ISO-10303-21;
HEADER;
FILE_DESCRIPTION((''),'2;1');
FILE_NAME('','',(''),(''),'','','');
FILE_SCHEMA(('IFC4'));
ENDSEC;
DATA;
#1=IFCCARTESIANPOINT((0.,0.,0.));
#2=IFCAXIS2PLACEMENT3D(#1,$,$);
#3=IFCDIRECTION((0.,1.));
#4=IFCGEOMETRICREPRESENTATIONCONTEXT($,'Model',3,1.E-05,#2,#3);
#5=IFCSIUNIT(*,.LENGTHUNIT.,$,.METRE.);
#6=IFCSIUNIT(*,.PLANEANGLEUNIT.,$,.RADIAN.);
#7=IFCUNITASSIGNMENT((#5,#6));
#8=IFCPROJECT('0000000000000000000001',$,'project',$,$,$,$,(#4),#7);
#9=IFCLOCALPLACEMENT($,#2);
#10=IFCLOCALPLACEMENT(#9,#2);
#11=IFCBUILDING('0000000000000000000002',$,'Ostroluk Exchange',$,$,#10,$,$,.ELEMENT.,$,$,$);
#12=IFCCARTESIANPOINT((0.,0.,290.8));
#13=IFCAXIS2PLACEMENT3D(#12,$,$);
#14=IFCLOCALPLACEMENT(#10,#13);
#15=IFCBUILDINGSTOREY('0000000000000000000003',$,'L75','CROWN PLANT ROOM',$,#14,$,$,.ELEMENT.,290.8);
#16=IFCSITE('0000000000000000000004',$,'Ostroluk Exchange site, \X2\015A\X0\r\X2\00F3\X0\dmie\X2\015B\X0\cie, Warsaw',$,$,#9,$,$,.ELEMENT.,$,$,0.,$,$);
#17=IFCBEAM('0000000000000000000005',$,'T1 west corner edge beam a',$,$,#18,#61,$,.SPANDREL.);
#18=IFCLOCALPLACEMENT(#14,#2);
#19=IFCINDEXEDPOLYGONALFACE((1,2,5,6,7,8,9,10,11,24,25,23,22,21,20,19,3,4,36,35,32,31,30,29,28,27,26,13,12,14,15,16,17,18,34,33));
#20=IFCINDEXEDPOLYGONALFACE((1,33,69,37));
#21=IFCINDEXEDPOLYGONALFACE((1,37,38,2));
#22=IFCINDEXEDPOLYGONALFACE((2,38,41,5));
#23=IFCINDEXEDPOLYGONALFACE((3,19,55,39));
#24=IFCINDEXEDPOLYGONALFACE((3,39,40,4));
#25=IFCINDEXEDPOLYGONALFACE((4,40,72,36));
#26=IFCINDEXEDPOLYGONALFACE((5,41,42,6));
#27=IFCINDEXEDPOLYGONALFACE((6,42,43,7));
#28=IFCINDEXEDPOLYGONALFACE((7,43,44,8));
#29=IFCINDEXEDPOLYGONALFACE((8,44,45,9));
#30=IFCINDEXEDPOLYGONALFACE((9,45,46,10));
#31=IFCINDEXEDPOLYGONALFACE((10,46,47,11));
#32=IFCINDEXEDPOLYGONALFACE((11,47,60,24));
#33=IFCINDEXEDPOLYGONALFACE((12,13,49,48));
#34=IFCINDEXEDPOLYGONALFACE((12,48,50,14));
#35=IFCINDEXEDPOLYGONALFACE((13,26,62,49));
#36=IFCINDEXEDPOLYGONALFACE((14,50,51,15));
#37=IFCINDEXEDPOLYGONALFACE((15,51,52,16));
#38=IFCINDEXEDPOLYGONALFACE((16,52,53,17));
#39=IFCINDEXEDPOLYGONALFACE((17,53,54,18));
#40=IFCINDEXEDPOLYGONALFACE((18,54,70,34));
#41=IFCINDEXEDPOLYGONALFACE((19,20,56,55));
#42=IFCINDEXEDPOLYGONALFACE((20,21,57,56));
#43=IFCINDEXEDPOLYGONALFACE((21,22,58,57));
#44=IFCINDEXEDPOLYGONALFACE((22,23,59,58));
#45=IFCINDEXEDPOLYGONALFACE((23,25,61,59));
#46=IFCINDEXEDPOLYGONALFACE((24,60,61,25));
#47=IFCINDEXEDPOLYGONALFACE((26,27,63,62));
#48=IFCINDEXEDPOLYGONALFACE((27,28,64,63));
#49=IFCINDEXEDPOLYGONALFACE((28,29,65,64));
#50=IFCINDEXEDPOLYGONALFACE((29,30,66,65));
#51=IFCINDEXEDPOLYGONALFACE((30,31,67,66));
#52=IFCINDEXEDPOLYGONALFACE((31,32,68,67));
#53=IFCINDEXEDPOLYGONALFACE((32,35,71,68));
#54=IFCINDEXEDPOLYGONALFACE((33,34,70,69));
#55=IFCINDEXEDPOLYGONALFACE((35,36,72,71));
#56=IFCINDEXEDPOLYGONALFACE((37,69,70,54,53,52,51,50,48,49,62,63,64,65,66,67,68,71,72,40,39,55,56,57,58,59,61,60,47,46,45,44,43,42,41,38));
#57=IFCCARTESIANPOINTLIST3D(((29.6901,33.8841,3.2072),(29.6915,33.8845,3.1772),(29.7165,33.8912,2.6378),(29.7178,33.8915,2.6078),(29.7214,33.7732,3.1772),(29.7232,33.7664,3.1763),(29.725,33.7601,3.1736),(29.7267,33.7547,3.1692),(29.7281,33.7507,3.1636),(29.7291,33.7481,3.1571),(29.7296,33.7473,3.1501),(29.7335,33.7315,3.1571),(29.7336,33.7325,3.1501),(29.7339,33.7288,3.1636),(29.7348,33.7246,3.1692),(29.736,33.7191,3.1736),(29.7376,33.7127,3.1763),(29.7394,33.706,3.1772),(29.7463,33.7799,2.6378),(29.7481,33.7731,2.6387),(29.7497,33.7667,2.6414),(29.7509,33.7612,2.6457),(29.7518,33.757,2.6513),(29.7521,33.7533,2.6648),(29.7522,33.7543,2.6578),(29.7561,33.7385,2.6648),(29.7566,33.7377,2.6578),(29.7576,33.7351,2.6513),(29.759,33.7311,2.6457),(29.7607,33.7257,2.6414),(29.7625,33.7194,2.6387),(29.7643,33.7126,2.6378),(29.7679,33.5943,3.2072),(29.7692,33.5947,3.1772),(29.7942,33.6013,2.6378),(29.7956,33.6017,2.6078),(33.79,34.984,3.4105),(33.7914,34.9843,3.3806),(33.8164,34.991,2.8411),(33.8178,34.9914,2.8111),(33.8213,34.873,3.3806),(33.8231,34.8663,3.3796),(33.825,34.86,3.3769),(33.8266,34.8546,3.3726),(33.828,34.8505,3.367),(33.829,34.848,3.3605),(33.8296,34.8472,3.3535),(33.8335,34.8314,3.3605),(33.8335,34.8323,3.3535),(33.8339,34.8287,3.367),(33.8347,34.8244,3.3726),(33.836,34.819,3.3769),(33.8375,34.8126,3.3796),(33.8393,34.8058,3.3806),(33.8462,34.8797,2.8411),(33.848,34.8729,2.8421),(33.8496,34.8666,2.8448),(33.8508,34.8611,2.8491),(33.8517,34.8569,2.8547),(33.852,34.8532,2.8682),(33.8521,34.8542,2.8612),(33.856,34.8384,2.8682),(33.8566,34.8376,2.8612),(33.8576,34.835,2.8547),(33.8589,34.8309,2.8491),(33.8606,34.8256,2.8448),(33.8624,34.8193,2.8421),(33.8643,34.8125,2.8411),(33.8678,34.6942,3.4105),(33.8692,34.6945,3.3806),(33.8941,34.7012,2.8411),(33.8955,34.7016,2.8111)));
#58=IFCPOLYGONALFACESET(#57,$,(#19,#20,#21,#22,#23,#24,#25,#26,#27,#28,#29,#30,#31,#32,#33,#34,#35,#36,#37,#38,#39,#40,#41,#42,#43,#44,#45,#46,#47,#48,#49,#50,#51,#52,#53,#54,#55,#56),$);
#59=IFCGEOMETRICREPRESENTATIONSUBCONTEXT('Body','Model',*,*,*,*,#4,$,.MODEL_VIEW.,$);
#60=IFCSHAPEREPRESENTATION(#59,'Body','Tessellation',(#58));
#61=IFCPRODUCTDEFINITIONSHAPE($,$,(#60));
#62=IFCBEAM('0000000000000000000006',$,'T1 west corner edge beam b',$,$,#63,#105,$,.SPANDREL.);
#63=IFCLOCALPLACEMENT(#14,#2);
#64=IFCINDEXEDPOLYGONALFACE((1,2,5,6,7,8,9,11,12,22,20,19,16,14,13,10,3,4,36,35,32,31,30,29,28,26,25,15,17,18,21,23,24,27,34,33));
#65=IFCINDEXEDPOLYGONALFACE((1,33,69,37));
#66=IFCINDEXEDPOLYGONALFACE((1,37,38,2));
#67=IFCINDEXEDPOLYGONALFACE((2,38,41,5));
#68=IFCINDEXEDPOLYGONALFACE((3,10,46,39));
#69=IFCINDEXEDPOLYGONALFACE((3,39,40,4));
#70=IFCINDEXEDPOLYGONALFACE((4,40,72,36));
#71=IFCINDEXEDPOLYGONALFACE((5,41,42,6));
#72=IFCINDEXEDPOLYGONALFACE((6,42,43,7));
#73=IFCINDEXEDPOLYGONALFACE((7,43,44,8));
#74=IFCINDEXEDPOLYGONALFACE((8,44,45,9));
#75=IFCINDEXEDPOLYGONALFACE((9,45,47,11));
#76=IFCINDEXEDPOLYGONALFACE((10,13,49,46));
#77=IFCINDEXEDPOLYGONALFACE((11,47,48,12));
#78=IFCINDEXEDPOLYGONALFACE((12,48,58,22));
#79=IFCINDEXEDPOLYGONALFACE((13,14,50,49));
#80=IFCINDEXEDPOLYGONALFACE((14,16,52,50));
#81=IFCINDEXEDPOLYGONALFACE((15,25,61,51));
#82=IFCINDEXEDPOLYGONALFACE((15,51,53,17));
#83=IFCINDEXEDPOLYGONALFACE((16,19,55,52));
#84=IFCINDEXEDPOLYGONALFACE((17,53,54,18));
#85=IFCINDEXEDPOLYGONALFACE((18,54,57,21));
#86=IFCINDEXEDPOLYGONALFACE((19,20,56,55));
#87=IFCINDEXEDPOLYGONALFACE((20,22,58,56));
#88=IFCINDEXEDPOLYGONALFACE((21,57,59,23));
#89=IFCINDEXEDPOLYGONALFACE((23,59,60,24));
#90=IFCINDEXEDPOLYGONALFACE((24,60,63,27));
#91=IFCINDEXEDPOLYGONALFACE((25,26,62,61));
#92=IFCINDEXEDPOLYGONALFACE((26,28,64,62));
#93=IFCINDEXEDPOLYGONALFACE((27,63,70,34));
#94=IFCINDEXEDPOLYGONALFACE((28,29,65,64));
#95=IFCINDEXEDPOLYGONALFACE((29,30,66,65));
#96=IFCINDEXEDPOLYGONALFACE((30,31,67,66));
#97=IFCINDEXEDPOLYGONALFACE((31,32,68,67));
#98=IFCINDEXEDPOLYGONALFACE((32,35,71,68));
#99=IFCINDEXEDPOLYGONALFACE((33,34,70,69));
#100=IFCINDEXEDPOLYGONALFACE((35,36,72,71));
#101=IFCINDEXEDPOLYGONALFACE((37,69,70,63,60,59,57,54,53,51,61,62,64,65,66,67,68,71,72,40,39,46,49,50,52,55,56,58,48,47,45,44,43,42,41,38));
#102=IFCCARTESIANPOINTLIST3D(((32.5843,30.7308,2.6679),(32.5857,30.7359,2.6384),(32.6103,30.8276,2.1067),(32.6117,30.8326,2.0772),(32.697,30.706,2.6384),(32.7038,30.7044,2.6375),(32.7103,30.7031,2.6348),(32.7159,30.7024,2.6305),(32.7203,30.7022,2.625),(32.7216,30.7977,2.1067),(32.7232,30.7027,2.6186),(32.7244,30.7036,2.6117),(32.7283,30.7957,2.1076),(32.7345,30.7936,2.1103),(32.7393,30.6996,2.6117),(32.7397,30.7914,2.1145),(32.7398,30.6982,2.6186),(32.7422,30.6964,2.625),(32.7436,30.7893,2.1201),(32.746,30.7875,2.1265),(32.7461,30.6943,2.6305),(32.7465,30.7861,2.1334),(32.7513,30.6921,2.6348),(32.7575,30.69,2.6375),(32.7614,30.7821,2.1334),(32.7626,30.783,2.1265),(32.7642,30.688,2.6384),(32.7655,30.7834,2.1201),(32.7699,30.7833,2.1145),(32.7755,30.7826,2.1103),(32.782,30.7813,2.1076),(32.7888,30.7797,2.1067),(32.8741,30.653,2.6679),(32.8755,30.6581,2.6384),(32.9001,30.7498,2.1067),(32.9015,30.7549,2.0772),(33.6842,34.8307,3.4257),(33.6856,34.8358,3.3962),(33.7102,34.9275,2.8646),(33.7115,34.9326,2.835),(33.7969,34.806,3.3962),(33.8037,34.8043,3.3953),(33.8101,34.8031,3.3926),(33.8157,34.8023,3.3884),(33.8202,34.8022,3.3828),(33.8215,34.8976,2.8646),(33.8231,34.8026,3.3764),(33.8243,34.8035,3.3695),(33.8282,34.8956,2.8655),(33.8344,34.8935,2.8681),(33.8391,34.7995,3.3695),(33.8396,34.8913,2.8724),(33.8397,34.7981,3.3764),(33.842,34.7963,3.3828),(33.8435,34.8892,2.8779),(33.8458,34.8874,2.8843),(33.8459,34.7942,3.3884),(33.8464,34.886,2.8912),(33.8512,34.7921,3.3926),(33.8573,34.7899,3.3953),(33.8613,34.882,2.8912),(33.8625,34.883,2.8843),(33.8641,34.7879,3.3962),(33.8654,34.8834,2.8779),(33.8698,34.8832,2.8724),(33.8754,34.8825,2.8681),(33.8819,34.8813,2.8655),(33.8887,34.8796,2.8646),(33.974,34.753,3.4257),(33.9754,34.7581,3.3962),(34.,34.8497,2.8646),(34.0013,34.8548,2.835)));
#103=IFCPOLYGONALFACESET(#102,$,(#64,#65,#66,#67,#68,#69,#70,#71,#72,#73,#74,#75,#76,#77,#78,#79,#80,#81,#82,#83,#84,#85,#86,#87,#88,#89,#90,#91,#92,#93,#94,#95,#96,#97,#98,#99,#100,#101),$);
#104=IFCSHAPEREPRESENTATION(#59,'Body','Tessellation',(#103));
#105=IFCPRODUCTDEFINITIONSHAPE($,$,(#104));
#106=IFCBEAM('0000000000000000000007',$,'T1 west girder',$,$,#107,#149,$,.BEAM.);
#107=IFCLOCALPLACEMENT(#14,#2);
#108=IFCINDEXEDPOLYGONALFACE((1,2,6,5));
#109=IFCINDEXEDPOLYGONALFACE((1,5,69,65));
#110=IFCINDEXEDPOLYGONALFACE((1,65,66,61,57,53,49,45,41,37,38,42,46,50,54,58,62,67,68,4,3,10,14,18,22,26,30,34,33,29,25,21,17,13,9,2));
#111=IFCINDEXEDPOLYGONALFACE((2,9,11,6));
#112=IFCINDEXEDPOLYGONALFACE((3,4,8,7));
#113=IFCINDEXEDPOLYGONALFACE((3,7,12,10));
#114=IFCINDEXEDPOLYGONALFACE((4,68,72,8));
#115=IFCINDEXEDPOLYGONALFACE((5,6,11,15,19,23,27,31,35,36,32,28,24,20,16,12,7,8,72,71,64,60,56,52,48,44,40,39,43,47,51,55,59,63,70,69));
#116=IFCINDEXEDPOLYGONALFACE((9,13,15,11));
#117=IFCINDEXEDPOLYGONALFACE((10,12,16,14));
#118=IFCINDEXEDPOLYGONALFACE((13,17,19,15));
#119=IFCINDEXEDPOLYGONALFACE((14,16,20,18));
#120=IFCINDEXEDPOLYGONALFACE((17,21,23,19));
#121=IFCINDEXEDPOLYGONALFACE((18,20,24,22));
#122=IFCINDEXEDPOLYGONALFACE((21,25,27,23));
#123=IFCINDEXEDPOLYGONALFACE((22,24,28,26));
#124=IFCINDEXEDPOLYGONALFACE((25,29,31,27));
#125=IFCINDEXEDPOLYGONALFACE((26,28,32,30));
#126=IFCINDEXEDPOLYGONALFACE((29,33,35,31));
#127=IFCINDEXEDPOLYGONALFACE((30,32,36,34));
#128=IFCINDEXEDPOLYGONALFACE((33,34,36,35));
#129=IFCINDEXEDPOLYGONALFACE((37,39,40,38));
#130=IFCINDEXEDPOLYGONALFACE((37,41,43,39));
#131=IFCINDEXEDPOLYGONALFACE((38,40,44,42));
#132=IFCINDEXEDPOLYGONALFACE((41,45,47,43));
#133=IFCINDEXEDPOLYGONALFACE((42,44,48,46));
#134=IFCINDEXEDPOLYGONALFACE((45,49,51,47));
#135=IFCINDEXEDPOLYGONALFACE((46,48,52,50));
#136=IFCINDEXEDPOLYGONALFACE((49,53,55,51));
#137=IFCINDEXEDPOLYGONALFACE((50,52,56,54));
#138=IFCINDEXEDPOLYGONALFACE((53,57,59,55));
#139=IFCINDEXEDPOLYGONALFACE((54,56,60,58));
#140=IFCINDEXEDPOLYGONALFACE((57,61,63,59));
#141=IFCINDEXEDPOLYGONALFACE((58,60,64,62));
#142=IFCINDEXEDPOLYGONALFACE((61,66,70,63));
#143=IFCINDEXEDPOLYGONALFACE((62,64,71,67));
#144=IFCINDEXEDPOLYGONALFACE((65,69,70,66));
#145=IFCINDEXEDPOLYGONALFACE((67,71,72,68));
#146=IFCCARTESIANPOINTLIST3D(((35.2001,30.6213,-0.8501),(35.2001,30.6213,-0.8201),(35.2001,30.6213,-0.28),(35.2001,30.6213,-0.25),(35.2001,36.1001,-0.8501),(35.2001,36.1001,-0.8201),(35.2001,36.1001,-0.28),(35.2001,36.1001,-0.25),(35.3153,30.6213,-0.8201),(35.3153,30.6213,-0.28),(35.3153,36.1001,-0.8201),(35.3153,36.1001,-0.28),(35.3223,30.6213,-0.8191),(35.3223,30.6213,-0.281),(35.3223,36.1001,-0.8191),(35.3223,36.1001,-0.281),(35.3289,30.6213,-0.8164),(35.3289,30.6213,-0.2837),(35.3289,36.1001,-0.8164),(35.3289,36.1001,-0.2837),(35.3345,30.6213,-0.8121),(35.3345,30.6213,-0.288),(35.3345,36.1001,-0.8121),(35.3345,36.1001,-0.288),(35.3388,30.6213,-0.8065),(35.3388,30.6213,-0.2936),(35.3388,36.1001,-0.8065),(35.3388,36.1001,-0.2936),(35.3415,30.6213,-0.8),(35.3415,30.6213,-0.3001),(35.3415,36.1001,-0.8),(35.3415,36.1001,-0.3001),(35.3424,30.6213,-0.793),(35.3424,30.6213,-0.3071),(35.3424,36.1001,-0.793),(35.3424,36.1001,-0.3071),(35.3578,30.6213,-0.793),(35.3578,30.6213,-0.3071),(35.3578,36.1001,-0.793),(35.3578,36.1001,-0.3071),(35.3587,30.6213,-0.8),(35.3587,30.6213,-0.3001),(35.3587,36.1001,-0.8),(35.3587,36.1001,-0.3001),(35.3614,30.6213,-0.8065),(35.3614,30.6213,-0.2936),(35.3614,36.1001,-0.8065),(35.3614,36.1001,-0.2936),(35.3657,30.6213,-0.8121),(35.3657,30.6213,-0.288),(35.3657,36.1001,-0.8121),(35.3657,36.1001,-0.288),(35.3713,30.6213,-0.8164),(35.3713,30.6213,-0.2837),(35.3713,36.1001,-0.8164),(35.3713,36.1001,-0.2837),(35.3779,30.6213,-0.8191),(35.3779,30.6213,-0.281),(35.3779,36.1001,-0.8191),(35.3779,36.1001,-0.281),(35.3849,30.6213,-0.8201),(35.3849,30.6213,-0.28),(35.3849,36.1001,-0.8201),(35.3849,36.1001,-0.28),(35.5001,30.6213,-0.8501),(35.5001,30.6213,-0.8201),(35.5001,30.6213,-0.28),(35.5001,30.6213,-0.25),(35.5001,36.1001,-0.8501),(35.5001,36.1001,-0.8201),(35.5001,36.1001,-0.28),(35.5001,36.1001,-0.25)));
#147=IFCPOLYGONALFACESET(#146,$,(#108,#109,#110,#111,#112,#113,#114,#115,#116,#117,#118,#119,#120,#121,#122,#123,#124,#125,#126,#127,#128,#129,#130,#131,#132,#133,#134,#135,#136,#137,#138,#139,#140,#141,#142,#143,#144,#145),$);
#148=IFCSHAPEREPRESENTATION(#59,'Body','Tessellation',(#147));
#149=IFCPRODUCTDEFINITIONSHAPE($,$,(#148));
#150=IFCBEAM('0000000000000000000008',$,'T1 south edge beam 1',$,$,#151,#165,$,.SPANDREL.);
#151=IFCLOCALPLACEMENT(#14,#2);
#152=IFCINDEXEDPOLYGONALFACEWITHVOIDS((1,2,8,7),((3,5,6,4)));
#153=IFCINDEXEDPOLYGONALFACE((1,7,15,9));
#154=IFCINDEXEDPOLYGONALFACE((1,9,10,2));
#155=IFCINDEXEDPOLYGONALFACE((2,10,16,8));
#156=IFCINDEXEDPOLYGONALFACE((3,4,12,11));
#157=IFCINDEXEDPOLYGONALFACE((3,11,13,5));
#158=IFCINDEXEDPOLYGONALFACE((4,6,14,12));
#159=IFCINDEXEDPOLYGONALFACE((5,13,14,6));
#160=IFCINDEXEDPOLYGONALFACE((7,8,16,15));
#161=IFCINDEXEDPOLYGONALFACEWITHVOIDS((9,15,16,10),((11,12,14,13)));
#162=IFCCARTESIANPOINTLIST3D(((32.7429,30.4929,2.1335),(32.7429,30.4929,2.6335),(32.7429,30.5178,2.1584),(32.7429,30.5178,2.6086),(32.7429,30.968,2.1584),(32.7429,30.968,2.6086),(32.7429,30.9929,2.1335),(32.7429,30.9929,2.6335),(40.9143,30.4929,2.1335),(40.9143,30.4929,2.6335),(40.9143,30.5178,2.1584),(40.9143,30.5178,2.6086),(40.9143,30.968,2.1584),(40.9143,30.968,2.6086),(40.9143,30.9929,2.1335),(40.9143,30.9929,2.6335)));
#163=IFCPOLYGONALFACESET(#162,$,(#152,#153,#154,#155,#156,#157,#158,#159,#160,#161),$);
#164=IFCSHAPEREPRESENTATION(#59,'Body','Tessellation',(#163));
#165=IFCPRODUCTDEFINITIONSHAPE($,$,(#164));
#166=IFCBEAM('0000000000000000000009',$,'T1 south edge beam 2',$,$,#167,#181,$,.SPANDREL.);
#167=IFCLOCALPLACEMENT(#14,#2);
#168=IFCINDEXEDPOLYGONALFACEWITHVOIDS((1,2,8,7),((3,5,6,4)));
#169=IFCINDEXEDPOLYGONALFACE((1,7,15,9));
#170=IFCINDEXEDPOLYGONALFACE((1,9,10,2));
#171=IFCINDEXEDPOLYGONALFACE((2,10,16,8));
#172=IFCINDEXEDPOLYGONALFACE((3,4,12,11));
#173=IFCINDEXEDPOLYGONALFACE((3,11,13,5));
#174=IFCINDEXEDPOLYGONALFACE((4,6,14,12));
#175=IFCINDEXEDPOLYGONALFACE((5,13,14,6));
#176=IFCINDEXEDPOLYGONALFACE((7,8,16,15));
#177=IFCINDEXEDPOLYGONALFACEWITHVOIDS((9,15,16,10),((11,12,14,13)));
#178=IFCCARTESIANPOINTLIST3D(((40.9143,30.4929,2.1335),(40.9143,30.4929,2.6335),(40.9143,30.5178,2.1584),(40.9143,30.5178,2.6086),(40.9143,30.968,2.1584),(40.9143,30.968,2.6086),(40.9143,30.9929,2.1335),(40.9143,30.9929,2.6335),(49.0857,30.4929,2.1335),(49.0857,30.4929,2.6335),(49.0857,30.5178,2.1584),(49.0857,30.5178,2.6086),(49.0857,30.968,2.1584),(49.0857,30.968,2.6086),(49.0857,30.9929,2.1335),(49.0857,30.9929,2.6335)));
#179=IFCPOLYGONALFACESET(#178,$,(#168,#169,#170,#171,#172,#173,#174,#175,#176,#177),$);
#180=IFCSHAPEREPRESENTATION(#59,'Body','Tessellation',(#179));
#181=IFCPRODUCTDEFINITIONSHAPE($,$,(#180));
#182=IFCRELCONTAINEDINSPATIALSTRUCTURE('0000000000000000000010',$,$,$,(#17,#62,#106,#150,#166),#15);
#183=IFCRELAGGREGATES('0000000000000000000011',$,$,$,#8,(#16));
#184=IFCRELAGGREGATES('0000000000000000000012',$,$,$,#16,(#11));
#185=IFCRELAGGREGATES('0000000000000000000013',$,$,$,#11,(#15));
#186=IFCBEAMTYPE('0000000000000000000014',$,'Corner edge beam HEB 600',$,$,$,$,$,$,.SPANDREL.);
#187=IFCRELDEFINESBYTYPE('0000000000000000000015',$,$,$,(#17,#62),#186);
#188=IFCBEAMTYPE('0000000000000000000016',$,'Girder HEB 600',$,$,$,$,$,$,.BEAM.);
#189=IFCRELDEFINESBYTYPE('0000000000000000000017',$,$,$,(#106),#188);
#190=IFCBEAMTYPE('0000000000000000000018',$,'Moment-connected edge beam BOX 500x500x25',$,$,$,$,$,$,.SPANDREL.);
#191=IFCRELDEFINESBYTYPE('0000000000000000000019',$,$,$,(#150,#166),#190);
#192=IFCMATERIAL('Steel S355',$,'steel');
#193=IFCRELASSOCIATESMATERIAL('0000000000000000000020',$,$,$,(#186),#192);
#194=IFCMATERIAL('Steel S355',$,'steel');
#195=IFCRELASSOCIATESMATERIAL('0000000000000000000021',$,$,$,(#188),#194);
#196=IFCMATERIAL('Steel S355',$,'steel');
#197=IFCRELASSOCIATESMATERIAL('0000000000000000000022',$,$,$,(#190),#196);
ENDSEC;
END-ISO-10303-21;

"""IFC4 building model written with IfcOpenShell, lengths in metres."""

from ifc_helpers import new_model, si_unit, direction, frame, origin, origin_2d, place, context, subcontext, project, spatial, hollow_rectangle, i_section, extrude, material, material_profile, profile_set, type_object, element, save


model = new_model("IFC4")

# Units and contexts
model_context = context("Model", 3, precision=1e-05, world=origin(), true_north=direction((0.0, 1.0)))
body_context = subcontext(model_context, "Body", "Model", "MODEL_VIEW")
ifc_project = project(units=[si_unit("LENGTHUNIT", "METRE"), si_unit("PLANEANGLEUNIT", "RADIAN")], contexts=[model_context])

# Site, building, storey
site_placement = place(None, origin())
site = spatial("IfcSite", under=ifc_project, at=site_placement, Name="Ostroluk Exchange site, Śródmieście, Warsaw", CompositionType="ELEMENT", RefElevation=0.0)
building_placement = place(site_placement, origin())
building = spatial("IfcBuilding", under=site, at=building_placement, Name="Ostroluk Exchange", CompositionType="ELEMENT")
storey_placement = place(building_placement, frame((0.0, 0.0, 290.8)))
storey = spatial("IfcBuildingStorey", under=building, at=storey_placement, Name="L75", Description="CROWN PLANT ROOM", CompositionType="ELEMENT", Elevation=290.8)

# Beams
ifc_material_1 = material(Name="Steel S355", Category="steel")
ifc_material_profile_1 = material_profile(ifc_material_1, i_section(OverallWidth=0.3, OverallDepth=0.6001, WebThickness=0.0154, FlangeThickness=0.03, FilletRadius=0.0271, at=origin_2d()), Name="HEB 600")
ifc_profile_set_1 = profile_set([ifc_material_profile_1], Name="Steel S355")
beam_type_1 = type_object("IfcBeamType", Name="Corner edge beam HEB 600", PredefinedType="SPANDREL", material=ifc_profile_set_1)
beam_1_placement = place(storey_placement, frame((33.8428, 34.8428, 3.1108), z_axis=(-0.964743, -0.258808, -0.047855), x_axis=(0.259105, -0.965849, 0.0)))
element("IfcBeam", 1, at=beam_1_placement, inside=storey, type_object=beam_type_1, Name="T1 west corner edge beam a", PredefinedType="SPANDREL", context=body_context, shape_type="SweptSolid", body=[
    extrude(i_section(OverallWidth=0.3, OverallDepth=0.6001, WebThickness=0.0154, FlangeThickness=0.03, FilletRadius=0.0271, at=origin_2d()), origin(), (0.0, 0.0, 1.0), 4.2498),
])
beam_2_placement = place(storey_placement, frame((33.8428, 34.8428, 3.1304), z_axis=(-0.255072, -0.950816, -0.175748), x_axis=(0.965849, -0.259105, 0.0)))
element("IfcBeam", 2, at=beam_2_placement, inside=storey, type_object=beam_type_1, Name="T1 west corner edge beam b", PredefinedType="SPANDREL", context=body_context, shape_type="SweptSolid", body=[
    extrude(i_section(OverallWidth=0.3, OverallDepth=0.6001, WebThickness=0.0154, FlangeThickness=0.03, FilletRadius=0.0271, at=origin_2d()), origin(), (0.0, 0.0, 1.0), 4.312),
])
ifc_material_2 = material(Name="Steel S355", Category="steel")
ifc_material_profile_2 = material_profile(ifc_material_2, i_section(OverallWidth=0.3, OverallDepth=0.6001, WebThickness=0.0154, FlangeThickness=0.03, FilletRadius=0.0271, at=origin_2d()), Name="HEB 600")
ifc_profile_set_2 = profile_set([ifc_material_profile_2], Name="Steel S355")
beam_type_2 = type_object("IfcBeamType", Name="Girder HEB 600", PredefinedType="BEAM", material=ifc_profile_set_2)
beam_3_placement = place(storey_placement, frame((35.3501, 36.1001, -0.55), z_axis=(0.0, -1.0, 0.0), x_axis=(1.0, 0.0, 0.0)))
element("IfcBeam", 3, at=beam_3_placement, inside=storey, type_object=beam_type_2, Name="T1 west girder", PredefinedType="BEAM", context=body_context, shape_type="SweptSolid", body=[
    extrude(i_section(OverallWidth=0.3, OverallDepth=0.6001, WebThickness=0.0154, FlangeThickness=0.03, FilletRadius=0.0271, at=origin_2d()), origin(), (0.0, 0.0, 1.0), 5.4788),
])
ifc_material_3 = material(Name="Steel S355", Category="steel")
ifc_material_profile_3 = material_profile(ifc_material_3, hollow_rectangle(XDim=0.5, YDim=0.5, WallThickness=0.0249, at=origin_2d()), Name="BOX 500x500x25")
ifc_profile_set_3 = profile_set([ifc_material_profile_3], Name="Steel S355")
beam_type_3 = type_object("IfcBeamType", Name="Moment-connected edge beam BOX 500x500x25", PredefinedType="SPANDREL", material=ifc_profile_set_3)
for number, where, z_axis, x_axis, name in (
    (4, (32.7429, 30.7429, 2.3835), (1.0, 0.0, 0.0), (0.0, 1.0, 0.0), "T1 south edge beam 1"),
    (5, (40.9143, 30.7429, 2.3835), (1.0, 0.0, 0.0), (0.0, 1.0, 0.0), "T1 south edge beam 2"),
):
    element("IfcBeam", number, at=place(storey_placement, frame(where, z_axis=z_axis, x_axis=x_axis)), inside=storey, type_object=beam_type_3, Name=name, PredefinedType="SPANDREL", context=body_context, shape_type="SweptSolid", body=[
        extrude(hollow_rectangle(XDim=0.5, YDim=0.5, WallThickness=0.0249, at=origin_2d()), origin(), (0.0, 0.0, 1.0), 8.1714),
    ])

save(model, "model.ifc")
